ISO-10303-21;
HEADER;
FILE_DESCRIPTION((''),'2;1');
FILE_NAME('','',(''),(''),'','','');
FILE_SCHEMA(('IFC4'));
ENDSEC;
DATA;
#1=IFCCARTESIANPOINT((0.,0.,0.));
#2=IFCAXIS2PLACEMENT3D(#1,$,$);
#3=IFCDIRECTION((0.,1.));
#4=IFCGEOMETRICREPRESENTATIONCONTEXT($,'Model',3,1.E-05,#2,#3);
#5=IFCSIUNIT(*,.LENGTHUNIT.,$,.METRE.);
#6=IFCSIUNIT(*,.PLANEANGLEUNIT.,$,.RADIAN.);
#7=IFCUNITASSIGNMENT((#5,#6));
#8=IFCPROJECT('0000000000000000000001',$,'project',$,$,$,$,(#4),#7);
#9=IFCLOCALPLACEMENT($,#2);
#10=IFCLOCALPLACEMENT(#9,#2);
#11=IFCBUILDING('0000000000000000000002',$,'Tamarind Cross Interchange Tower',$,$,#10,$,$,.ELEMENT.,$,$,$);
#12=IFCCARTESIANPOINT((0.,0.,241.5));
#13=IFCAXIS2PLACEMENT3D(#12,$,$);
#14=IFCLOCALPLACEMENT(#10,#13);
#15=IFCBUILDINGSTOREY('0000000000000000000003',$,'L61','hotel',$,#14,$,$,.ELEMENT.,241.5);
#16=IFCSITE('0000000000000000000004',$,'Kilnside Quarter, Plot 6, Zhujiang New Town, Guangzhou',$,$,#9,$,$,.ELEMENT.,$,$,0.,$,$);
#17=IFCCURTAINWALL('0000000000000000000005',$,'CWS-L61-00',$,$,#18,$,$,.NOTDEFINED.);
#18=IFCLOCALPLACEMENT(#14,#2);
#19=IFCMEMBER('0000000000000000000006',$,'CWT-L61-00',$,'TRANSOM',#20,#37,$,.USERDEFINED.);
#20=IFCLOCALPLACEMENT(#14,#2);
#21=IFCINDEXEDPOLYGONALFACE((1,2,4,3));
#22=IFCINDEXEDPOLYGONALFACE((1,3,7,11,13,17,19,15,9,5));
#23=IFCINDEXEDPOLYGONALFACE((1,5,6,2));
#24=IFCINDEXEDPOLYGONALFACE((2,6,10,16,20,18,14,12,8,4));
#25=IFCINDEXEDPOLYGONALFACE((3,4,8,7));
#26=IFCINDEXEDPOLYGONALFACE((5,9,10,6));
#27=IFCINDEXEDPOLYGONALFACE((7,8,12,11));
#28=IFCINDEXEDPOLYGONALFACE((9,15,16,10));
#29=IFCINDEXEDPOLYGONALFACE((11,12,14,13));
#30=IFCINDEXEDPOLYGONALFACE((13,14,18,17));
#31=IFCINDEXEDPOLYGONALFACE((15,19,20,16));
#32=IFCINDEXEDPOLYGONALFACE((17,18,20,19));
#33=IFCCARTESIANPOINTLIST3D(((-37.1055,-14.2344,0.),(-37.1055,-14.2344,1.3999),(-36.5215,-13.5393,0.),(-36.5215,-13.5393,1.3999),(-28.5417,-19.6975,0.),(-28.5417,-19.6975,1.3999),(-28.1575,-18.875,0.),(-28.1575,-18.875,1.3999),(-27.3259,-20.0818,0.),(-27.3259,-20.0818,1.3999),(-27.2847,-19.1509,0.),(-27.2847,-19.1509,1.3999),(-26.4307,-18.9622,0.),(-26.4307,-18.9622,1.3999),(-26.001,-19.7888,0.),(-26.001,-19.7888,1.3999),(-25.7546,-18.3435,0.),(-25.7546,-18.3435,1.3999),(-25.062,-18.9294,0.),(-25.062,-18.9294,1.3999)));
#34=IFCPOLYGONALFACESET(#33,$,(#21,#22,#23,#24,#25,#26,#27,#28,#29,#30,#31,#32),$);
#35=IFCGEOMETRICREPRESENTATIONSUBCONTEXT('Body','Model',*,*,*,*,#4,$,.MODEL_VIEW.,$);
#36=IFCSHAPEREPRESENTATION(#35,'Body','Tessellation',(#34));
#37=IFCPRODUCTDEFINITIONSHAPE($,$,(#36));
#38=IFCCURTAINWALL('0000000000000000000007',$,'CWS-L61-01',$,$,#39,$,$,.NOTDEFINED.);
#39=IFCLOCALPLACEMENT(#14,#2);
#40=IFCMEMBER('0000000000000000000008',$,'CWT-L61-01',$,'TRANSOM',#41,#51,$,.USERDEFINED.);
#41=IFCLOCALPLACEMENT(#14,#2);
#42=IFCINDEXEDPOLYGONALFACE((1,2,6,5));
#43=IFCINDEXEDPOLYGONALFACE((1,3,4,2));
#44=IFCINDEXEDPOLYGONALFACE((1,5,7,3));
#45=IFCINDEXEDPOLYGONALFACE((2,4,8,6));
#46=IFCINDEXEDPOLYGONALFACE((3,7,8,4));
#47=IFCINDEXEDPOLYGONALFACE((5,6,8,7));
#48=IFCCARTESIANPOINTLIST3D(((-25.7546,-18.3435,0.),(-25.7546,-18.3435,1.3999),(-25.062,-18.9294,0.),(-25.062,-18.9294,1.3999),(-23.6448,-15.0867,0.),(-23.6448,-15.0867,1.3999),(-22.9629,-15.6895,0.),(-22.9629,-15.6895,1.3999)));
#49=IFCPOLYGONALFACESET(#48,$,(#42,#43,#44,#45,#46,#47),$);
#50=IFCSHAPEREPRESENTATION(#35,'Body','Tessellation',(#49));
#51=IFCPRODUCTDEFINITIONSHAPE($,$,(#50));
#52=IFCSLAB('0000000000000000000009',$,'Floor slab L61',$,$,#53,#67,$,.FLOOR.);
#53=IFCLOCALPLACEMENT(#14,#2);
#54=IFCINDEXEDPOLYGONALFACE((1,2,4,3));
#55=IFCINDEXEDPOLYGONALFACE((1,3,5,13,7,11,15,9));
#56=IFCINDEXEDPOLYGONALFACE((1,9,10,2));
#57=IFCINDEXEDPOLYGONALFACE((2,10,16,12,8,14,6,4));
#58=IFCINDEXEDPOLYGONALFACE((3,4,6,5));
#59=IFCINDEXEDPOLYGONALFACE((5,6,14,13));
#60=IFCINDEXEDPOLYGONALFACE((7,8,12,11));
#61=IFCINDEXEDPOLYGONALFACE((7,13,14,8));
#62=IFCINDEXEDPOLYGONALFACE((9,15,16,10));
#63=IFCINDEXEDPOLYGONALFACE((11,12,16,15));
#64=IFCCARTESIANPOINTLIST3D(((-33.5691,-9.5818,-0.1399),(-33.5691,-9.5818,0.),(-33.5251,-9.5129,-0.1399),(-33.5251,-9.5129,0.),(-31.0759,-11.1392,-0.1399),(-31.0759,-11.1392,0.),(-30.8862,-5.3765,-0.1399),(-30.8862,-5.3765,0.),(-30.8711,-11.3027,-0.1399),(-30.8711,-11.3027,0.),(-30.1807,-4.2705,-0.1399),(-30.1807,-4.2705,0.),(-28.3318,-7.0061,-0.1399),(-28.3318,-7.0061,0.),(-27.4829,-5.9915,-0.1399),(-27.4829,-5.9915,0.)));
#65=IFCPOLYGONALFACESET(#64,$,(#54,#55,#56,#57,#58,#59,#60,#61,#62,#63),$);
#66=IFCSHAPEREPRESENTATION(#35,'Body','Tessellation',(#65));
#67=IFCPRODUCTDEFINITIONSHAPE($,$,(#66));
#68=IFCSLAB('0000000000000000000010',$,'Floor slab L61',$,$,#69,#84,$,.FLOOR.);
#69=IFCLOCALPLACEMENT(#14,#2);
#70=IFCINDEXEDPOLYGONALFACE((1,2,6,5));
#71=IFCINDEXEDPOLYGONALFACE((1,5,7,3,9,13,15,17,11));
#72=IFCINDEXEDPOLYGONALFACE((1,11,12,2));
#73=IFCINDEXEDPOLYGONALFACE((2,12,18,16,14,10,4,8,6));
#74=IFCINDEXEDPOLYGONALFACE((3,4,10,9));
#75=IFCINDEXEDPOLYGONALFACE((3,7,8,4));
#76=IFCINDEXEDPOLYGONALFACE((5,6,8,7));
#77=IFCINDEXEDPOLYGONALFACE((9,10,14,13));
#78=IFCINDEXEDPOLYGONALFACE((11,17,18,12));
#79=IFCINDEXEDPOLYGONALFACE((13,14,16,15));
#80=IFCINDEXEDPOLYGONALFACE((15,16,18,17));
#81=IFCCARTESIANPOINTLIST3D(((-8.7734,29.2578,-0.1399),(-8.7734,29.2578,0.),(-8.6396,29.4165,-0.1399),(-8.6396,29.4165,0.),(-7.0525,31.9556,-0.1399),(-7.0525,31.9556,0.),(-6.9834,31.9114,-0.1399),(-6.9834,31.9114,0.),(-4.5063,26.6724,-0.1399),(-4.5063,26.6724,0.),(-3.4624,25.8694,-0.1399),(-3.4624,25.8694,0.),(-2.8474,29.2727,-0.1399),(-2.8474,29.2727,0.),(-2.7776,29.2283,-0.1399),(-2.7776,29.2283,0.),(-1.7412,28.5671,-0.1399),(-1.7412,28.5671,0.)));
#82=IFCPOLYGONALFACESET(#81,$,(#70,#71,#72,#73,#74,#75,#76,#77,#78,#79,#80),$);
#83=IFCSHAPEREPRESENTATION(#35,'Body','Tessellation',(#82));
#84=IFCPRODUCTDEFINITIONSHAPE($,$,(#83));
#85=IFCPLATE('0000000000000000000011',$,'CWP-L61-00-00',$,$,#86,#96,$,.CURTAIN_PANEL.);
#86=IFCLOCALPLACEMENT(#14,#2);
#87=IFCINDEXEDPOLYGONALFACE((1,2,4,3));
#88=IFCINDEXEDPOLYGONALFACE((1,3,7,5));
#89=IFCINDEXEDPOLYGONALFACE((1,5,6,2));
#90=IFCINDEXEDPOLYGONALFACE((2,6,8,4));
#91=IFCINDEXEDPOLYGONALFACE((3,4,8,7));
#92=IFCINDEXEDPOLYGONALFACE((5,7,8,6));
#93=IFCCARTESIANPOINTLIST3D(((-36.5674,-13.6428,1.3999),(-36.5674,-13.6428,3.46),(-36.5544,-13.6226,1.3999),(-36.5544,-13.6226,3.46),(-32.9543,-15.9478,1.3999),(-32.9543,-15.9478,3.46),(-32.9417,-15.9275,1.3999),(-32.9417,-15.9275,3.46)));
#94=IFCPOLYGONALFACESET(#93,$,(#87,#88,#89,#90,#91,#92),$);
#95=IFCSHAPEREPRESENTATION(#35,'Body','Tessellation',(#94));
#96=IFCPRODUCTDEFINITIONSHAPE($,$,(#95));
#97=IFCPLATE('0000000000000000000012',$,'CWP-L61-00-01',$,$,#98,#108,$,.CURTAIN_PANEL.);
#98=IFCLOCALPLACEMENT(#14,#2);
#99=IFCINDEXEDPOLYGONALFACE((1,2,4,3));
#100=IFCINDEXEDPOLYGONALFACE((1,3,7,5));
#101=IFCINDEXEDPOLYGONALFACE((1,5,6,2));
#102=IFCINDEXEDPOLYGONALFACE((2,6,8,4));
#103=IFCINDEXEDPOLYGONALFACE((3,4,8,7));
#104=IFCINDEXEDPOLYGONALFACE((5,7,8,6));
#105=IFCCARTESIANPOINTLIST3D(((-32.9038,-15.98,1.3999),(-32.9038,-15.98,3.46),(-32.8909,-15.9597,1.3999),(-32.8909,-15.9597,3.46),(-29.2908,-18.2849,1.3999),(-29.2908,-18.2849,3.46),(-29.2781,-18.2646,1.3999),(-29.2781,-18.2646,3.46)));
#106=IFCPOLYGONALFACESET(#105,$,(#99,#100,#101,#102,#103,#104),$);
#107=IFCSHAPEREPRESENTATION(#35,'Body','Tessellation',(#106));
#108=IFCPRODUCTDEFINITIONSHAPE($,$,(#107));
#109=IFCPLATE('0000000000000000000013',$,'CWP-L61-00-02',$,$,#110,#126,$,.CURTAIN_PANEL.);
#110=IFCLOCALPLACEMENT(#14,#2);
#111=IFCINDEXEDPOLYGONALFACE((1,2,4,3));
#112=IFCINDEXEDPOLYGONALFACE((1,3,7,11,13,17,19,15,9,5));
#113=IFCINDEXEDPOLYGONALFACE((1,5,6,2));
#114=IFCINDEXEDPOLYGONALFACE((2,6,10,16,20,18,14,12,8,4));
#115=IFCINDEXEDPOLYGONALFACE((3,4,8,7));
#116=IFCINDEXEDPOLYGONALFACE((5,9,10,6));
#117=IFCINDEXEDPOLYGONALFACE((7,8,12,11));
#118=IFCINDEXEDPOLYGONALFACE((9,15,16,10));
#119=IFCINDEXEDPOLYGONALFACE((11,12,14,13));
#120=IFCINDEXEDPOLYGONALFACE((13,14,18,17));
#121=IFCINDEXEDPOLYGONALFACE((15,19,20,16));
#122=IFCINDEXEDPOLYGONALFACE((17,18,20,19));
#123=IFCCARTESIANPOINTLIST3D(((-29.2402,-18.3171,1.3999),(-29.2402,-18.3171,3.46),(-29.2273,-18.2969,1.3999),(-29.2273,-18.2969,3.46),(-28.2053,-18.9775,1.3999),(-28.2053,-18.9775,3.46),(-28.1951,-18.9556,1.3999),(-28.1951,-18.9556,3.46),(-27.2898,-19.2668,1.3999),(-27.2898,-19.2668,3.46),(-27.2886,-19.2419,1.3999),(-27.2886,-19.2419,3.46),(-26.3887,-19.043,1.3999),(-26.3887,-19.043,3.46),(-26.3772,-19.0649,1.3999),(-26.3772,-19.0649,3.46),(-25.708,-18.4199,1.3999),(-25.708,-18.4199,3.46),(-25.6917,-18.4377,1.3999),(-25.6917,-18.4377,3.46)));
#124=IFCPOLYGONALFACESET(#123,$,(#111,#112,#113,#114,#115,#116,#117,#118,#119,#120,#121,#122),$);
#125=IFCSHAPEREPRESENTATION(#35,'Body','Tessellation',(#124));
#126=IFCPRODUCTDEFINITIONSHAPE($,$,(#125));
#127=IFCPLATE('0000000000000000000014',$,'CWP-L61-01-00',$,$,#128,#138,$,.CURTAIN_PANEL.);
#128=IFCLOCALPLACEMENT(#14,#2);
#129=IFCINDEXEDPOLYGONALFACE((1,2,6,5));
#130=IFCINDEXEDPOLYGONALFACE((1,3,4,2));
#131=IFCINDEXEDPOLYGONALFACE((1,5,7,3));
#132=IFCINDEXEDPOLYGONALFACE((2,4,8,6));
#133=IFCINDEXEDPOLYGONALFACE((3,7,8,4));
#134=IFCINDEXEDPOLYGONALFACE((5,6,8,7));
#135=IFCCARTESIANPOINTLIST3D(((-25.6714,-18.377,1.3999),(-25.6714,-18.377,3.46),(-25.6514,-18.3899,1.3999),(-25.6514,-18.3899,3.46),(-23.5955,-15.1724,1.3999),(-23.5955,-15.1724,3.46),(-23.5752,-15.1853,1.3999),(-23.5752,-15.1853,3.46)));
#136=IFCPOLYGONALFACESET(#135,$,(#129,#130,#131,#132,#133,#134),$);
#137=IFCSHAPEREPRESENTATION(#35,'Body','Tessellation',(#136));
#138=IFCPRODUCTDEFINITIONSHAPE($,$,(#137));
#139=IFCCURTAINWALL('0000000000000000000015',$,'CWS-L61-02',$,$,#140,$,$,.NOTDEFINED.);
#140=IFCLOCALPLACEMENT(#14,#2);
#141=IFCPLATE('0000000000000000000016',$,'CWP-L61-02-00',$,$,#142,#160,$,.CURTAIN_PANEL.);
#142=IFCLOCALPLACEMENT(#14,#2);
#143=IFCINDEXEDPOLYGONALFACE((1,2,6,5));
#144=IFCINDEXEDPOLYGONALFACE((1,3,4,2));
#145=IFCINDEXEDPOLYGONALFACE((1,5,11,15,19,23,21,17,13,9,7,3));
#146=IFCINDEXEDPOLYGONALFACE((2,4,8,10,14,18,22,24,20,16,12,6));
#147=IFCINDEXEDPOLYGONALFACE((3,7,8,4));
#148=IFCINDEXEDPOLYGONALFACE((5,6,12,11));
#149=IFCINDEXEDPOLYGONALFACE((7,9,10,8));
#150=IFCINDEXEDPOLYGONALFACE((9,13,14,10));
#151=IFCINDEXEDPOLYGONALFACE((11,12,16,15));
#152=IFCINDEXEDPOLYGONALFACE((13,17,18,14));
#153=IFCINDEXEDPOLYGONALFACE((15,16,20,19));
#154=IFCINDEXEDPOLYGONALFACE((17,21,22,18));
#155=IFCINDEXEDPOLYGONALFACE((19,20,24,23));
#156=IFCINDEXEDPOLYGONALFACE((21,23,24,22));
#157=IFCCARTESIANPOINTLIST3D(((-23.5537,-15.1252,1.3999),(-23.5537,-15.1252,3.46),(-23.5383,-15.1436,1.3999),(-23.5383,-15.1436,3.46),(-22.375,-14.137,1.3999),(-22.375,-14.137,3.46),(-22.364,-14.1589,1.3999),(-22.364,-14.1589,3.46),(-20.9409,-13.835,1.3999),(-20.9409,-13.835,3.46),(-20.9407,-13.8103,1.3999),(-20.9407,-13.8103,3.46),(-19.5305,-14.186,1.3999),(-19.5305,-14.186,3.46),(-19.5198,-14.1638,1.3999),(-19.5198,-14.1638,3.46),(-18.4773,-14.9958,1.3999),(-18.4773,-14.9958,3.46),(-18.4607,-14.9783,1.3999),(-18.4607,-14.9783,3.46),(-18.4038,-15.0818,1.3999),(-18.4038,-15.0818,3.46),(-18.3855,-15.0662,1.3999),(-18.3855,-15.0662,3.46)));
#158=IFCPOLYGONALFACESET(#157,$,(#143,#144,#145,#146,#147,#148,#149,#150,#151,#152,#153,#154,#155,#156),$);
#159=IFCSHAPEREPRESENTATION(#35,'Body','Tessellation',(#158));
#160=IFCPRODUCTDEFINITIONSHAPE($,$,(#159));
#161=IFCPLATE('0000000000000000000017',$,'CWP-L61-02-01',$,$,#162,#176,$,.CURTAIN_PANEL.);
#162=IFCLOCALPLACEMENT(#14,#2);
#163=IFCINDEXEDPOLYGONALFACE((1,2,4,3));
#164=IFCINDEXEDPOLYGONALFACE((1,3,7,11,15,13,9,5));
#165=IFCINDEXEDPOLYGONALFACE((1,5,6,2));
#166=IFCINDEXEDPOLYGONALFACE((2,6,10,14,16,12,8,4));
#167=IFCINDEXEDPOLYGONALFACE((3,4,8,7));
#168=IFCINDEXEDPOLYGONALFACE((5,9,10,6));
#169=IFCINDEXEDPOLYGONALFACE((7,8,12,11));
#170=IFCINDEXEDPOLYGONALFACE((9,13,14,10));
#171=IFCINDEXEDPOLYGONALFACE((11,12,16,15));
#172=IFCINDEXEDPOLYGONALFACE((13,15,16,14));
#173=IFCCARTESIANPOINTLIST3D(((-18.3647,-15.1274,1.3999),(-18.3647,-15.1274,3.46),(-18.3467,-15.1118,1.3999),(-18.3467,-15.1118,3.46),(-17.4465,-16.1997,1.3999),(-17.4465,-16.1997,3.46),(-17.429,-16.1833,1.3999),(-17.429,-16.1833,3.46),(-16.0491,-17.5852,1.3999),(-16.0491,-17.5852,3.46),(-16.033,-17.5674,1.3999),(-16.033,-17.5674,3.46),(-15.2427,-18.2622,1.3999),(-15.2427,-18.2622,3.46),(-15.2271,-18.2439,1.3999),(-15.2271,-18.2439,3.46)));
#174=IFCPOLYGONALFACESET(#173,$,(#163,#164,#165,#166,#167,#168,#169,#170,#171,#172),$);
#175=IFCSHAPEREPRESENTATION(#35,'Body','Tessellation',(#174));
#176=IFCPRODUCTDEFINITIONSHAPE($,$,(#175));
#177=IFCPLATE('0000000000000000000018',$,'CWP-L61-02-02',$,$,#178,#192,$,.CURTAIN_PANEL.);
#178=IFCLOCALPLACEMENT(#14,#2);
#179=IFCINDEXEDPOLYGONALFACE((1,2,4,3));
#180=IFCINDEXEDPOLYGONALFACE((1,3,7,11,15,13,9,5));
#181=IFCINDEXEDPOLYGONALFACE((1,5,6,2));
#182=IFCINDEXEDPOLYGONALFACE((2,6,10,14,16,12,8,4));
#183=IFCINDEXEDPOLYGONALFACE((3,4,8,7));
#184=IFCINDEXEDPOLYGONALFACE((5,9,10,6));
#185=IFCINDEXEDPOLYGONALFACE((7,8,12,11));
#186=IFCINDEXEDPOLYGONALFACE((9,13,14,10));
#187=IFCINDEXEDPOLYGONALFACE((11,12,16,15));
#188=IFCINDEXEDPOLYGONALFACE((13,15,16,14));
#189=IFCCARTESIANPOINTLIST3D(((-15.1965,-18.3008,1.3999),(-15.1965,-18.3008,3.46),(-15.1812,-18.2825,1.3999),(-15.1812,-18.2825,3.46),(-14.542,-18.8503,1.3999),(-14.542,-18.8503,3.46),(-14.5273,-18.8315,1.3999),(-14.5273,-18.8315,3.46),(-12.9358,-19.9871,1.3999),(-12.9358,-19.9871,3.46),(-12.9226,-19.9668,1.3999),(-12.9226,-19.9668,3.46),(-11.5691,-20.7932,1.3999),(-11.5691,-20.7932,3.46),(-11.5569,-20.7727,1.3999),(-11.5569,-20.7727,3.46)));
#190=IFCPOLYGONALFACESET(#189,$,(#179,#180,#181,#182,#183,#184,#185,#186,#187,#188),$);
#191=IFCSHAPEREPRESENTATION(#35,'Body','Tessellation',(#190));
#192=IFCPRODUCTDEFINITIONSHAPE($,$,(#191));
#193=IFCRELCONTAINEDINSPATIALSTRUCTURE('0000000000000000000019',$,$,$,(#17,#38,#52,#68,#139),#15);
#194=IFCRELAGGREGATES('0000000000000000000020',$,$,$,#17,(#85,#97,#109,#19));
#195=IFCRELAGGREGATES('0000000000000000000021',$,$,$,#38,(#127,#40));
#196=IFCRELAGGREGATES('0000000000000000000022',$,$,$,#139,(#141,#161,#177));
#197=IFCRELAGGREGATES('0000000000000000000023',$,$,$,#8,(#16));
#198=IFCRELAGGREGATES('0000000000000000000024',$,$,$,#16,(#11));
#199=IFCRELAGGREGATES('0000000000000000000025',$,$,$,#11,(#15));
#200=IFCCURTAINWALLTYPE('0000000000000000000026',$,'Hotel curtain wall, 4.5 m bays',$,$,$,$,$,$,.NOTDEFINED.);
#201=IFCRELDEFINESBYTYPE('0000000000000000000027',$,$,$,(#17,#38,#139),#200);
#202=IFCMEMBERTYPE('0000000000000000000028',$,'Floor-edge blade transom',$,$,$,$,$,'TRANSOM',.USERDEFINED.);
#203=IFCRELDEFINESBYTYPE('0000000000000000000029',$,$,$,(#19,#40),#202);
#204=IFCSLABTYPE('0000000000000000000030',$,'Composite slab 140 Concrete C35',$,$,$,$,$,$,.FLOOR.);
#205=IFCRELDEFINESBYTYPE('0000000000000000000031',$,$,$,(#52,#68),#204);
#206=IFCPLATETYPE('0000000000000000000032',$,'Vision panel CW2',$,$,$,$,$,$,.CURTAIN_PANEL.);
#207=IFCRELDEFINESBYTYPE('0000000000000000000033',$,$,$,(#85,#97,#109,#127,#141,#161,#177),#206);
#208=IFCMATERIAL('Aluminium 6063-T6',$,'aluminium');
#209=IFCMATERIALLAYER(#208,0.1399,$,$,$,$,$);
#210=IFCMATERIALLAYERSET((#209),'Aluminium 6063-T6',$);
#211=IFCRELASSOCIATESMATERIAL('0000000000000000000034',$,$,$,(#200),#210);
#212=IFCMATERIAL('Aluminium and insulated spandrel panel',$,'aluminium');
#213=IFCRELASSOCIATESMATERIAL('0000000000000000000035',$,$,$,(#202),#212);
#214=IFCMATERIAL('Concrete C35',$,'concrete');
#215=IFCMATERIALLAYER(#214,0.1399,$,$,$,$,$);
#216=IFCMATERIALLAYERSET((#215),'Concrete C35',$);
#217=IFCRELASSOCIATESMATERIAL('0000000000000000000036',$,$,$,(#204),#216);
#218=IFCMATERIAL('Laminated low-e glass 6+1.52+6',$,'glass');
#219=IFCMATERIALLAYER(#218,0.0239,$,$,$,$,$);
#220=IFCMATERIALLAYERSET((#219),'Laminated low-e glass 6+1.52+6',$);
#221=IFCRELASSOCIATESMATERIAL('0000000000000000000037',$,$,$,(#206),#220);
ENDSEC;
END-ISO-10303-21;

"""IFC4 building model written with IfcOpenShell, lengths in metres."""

from ifc_helpers import new_model, si_unit, direction, frame, origin, place, context, subcontext, project, spatial, polyline, outline, extrude, material, layer, layer_set, type_object, element, aggregate, save


model = new_model("IFC4")

# Units and contexts
model_context = context("Model", 3, precision=1e-05, world=origin(), true_north=direction((0.0, 1.0)))
body_context = subcontext(model_context, "Body", "Model", "MODEL_VIEW")
ifc_project = project(units=[si_unit("LENGTHUNIT", "METRE"), si_unit("PLANEANGLEUNIT", "RADIAN")], contexts=[model_context])

# Site, building, storey
site_placement = place(None, origin())
site = spatial("IfcSite", under=ifc_project, at=site_placement, Name="Kilnside Quarter, Plot 6, Zhujiang New Town, Guangzhou", CompositionType="ELEMENT", RefElevation=0.0)
building_placement = place(site_placement, origin())
building = spatial("IfcBuilding", under=site, at=building_placement, Name="Tamarind Cross Interchange Tower", CompositionType="ELEMENT")
storey_placement = place(building_placement, frame((0.0, 0.0, 241.5)))
storey = spatial("IfcBuildingStorey", under=building, at=storey_placement, Name="L61", Description="hotel", CompositionType="ELEMENT", Elevation=241.5)

# Curtain walls, members
ifc_material_1 = material(Name="Aluminium 6063-T6", Category="aluminium")
ifc_layer_1 = layer(ifc_material_1, 0.1399)
ifc_layer_set_1 = layer_set([ifc_layer_1], Name="Aluminium 6063-T6")
curtain_wall_type = type_object("IfcCurtainWallType", Name="Hotel curtain wall, 4.5 m bays", PredefinedType="NOTDEFINED", material=ifc_layer_set_1)
curtain_wall_1_placement = place(storey_placement, origin())
curtain_wall_1 = element("IfcCurtainWall", 1, at=curtain_wall_1_placement, inside=storey, type_object=curtain_wall_type, Name="CWS-L61-00", PredefinedType="NOTDEFINED")
ifc_material_2 = material(Name="Aluminium and insulated spandrel panel", Category="aluminium")
member_type = type_object("IfcMemberType", Name="Floor-edge blade transom", ElementType="TRANSOM", PredefinedType="USERDEFINED", material=ifc_material_2)
member_1_placement = place(storey_placement, origin())
member_1 = element("IfcMember", 2, at=member_1_placement, type_object=member_type, Name="CWT-L61-00", ObjectType="TRANSOM", PredefinedType="USERDEFINED", context=body_context, shape_type="SweptSolid", body=[
    extrude(outline(polyline([(-36.5215, -13.5393), (-28.1575, -18.875), (-27.2847, -19.1509), (-26.4307, -18.9622), (-25.7546, -18.3435), (-25.062, -18.9294), (-26.001, -19.7888), (-27.3259, -20.0818), (-28.5417, -19.6975), (-37.1055, -14.2344), (-36.5215, -13.5393)])), origin(), (0.0, 0.0, 1.0), 1.3999),
])
curtain_wall_2_placement = place(storey_placement, origin())
curtain_wall_2 = element("IfcCurtainWall", 3, at=curtain_wall_2_placement, inside=storey, type_object=curtain_wall_type, Name="CWS-L61-01", PredefinedType="NOTDEFINED")
member_2_placement = place(storey_placement, origin())
member_2 = element("IfcMember", 4, at=member_2_placement, type_object=member_type, Name="CWT-L61-01", ObjectType="TRANSOM", PredefinedType="USERDEFINED", context=body_context, shape_type="SweptSolid", body=[
    extrude(outline(polyline([(-25.7546, -18.3435), (-23.6448, -15.0867), (-22.9629, -15.6895), (-25.062, -18.9294), (-25.7546, -18.3435)])), origin(), (0.0, 0.0, 1.0), 1.3999),
])

# Slabs
ifc_material_3 = material(Name="Concrete C35", Category="concrete")
ifc_layer_2 = layer(ifc_material_3, 0.1399)
ifc_layer_set_2 = layer_set([ifc_layer_2], Name="Concrete C35")
slab_type = type_object("IfcSlabType", Name="Composite slab 140 Concrete C35", PredefinedType="FLOOR", material=ifc_layer_set_2)
slab_1_placement = place(storey_placement, frame((0.0, 0.0, -0.1399)))
element("IfcSlab", 5, at=slab_1_placement, inside=storey, type_object=slab_type, Name="Floor slab L61", PredefinedType="FLOOR", context=body_context, shape_type="SweptSolid", body=[
    extrude(outline(polyline([(-33.5691, -9.5818), (-30.8711, -11.3027), (-27.4829, -5.9915), (-30.1807, -4.2705), (-30.8862, -5.3765), (-28.3318, -7.0061), (-31.0759, -11.1392), (-33.5251, -9.5129), (-33.5691, -9.5818)])), origin(), (0.0, 0.0, 1.0), 0.1399),
])
slab_2_placement = place(storey_placement, frame((0.0, 0.0, -0.1399)))
element("IfcSlab", 6, at=slab_2_placement, inside=storey, type_object=slab_type, Name="Floor slab L61", PredefinedType="FLOOR", context=body_context, shape_type="SweptSolid", body=[
    extrude(outline(polyline([(-7.0525, 31.9556), (-8.7734, 29.2578), (-3.4624, 25.8694), (-1.7412, 28.5671), (-2.7776, 29.2283), (-2.8474, 29.2727), (-4.5063, 26.6724), (-8.6396, 29.4165), (-6.9834, 31.9114), (-7.0525, 31.9556)])), origin(), (0.0, 0.0, 1.0), 0.1399),
])

# Plates
ifc_material_4 = material(Name="Laminated low-e glass 6+1.52+6", Category="glass")
ifc_layer_3 = layer(ifc_material_4, 0.0239)
ifc_layer_set_3 = layer_set([ifc_layer_3], Name="Laminated low-e glass 6+1.52+6")
plate_type = type_object("IfcPlateType", Name="Vision panel CW2", PredefinedType="CURTAIN_PANEL", material=ifc_layer_set_3)
plate_1_placement = place(storey_placement, frame((0.0, 0.0, 1.3999)))
plate_1 = element("IfcPlate", 7, at=plate_1_placement, type_object=plate_type, Name="CWP-L61-00-00", PredefinedType="CURTAIN_PANEL", context=body_context, shape_type="SweptSolid", body=[
    extrude(outline(polyline([(-36.5544, -13.6226), (-32.9417, -15.9275), (-32.9543, -15.9478), (-36.5674, -13.6428), (-36.5544, -13.6226)])), origin(), (0.0, 0.0, 1.0), 2.0601),
])
plate_2_placement = place(storey_placement, frame((0.0, 0.0, 1.3999)))
plate_2 = element("IfcPlate", 8, at=plate_2_placement, type_object=plate_type, Name="CWP-L61-00-01", PredefinedType="CURTAIN_PANEL", context=body_context, shape_type="SweptSolid", body=[
    extrude(outline(polyline([(-32.8909, -15.9597), (-29.2781, -18.2646), (-29.2908, -18.2849), (-32.9038, -15.98), (-32.8909, -15.9597)])), origin(), (0.0, 0.0, 1.0), 2.0601),
])
plate_3_placement = place(storey_placement, frame((0.0, 0.0, 1.3999)))
plate_3 = element("IfcPlate", 9, at=plate_3_placement, type_object=plate_type, Name="CWP-L61-00-02", PredefinedType="CURTAIN_PANEL", context=body_context, shape_type="SweptSolid", body=[
    extrude(outline(polyline([(-29.2273, -18.2969), (-28.1951, -18.9556), (-27.2886, -19.2419), (-26.3887, -19.043), (-25.708, -18.4199), (-25.6917, -18.4377), (-26.3772, -19.0649), (-27.2898, -19.2668), (-28.2053, -18.9775), (-29.2402, -18.3171), (-29.2273, -18.2969)])), origin(), (0.0, 0.0, 1.0), 2.0601),
])
aggregate(curtain_wall_1, [plate_1, plate_2, plate_3, member_1])
plate_4_placement = place(storey_placement, frame((0.0, 0.0, 1.3999)))
plate_4 = element("IfcPlate", 10, at=plate_4_placement, type_object=plate_type, Name="CWP-L61-01-00", PredefinedType="CURTAIN_PANEL", context=body_context, shape_type="SweptSolid", body=[
    extrude(outline(polyline([(-25.6714, -18.377), (-23.5955, -15.1724), (-23.5752, -15.1853), (-25.6514, -18.3899), (-25.6714, -18.377)])), origin(), (0.0, 0.0, 1.0), 2.0601),
])
aggregate(curtain_wall_2, [plate_4, member_2])

# Curtain wall, plates
curtain_wall_3_placement = place(storey_placement, origin())
curtain_wall_3 = element("IfcCurtainWall", 11, at=curtain_wall_3_placement, inside=storey, type_object=curtain_wall_type, Name="CWS-L61-02", PredefinedType="NOTDEFINED")
plate_5_placement = place(storey_placement, frame((0.0, 0.0, 1.3999)))
plate_5 = element("IfcPlate", 12, at=plate_5_placement, type_object=plate_type, Name="CWP-L61-02-00", PredefinedType="CURTAIN_PANEL", context=body_context, shape_type="SweptSolid", body=[
    extrude(outline(polyline([(-23.5537, -15.1252), (-22.375, -14.137), (-20.9407, -13.8103), (-19.5198, -14.1638), (-18.4607, -14.9783), (-18.3855, -15.0662), (-18.4038, -15.0818), (-18.4773, -14.9958), (-19.5305, -14.186), (-20.9409, -13.835), (-22.364, -14.1589), (-23.5383, -15.1436), (-23.5537, -15.1252)])), origin(), (0.0, 0.0, 1.0), 2.0601),
])
plate_6_placement = place(storey_placement, frame((0.0, 0.0, 1.3999)))
plate_6 = element("IfcPlate", 13, at=plate_6_placement, type_object=plate_type, Name="CWP-L61-02-01", PredefinedType="CURTAIN_PANEL", context=body_context, shape_type="SweptSolid", body=[
    extrude(outline(polyline([(-18.3467, -15.1118), (-17.429, -16.1833), (-16.033, -17.5674), (-15.2271, -18.2439), (-15.2427, -18.2622), (-16.0491, -17.5852), (-17.4465, -16.1997), (-18.3647, -15.1274), (-18.3467, -15.1118)])), origin(), (0.0, 0.0, 1.0), 2.0601),
])
plate_7_placement = place(storey_placement, frame((0.0, 0.0, 1.3999)))
plate_7 = element("IfcPlate", 14, at=plate_7_placement, type_object=plate_type, Name="CWP-L61-02-02", PredefinedType="CURTAIN_PANEL", context=body_context, shape_type="SweptSolid", body=[
    extrude(outline(polyline([(-15.1812, -18.2825), (-14.5273, -18.8315), (-12.9226, -19.9668), (-11.5569, -20.7727), (-11.5691, -20.7932), (-12.9358, -19.9871), (-14.542, -18.8503), (-15.1965, -18.3008), (-15.1812, -18.2825)])), origin(), (0.0, 0.0, 1.0), 2.0601),
])
aggregate(curtain_wall_3, [plate_5, plate_6, plate_7])

save(model, "model.ifc")
